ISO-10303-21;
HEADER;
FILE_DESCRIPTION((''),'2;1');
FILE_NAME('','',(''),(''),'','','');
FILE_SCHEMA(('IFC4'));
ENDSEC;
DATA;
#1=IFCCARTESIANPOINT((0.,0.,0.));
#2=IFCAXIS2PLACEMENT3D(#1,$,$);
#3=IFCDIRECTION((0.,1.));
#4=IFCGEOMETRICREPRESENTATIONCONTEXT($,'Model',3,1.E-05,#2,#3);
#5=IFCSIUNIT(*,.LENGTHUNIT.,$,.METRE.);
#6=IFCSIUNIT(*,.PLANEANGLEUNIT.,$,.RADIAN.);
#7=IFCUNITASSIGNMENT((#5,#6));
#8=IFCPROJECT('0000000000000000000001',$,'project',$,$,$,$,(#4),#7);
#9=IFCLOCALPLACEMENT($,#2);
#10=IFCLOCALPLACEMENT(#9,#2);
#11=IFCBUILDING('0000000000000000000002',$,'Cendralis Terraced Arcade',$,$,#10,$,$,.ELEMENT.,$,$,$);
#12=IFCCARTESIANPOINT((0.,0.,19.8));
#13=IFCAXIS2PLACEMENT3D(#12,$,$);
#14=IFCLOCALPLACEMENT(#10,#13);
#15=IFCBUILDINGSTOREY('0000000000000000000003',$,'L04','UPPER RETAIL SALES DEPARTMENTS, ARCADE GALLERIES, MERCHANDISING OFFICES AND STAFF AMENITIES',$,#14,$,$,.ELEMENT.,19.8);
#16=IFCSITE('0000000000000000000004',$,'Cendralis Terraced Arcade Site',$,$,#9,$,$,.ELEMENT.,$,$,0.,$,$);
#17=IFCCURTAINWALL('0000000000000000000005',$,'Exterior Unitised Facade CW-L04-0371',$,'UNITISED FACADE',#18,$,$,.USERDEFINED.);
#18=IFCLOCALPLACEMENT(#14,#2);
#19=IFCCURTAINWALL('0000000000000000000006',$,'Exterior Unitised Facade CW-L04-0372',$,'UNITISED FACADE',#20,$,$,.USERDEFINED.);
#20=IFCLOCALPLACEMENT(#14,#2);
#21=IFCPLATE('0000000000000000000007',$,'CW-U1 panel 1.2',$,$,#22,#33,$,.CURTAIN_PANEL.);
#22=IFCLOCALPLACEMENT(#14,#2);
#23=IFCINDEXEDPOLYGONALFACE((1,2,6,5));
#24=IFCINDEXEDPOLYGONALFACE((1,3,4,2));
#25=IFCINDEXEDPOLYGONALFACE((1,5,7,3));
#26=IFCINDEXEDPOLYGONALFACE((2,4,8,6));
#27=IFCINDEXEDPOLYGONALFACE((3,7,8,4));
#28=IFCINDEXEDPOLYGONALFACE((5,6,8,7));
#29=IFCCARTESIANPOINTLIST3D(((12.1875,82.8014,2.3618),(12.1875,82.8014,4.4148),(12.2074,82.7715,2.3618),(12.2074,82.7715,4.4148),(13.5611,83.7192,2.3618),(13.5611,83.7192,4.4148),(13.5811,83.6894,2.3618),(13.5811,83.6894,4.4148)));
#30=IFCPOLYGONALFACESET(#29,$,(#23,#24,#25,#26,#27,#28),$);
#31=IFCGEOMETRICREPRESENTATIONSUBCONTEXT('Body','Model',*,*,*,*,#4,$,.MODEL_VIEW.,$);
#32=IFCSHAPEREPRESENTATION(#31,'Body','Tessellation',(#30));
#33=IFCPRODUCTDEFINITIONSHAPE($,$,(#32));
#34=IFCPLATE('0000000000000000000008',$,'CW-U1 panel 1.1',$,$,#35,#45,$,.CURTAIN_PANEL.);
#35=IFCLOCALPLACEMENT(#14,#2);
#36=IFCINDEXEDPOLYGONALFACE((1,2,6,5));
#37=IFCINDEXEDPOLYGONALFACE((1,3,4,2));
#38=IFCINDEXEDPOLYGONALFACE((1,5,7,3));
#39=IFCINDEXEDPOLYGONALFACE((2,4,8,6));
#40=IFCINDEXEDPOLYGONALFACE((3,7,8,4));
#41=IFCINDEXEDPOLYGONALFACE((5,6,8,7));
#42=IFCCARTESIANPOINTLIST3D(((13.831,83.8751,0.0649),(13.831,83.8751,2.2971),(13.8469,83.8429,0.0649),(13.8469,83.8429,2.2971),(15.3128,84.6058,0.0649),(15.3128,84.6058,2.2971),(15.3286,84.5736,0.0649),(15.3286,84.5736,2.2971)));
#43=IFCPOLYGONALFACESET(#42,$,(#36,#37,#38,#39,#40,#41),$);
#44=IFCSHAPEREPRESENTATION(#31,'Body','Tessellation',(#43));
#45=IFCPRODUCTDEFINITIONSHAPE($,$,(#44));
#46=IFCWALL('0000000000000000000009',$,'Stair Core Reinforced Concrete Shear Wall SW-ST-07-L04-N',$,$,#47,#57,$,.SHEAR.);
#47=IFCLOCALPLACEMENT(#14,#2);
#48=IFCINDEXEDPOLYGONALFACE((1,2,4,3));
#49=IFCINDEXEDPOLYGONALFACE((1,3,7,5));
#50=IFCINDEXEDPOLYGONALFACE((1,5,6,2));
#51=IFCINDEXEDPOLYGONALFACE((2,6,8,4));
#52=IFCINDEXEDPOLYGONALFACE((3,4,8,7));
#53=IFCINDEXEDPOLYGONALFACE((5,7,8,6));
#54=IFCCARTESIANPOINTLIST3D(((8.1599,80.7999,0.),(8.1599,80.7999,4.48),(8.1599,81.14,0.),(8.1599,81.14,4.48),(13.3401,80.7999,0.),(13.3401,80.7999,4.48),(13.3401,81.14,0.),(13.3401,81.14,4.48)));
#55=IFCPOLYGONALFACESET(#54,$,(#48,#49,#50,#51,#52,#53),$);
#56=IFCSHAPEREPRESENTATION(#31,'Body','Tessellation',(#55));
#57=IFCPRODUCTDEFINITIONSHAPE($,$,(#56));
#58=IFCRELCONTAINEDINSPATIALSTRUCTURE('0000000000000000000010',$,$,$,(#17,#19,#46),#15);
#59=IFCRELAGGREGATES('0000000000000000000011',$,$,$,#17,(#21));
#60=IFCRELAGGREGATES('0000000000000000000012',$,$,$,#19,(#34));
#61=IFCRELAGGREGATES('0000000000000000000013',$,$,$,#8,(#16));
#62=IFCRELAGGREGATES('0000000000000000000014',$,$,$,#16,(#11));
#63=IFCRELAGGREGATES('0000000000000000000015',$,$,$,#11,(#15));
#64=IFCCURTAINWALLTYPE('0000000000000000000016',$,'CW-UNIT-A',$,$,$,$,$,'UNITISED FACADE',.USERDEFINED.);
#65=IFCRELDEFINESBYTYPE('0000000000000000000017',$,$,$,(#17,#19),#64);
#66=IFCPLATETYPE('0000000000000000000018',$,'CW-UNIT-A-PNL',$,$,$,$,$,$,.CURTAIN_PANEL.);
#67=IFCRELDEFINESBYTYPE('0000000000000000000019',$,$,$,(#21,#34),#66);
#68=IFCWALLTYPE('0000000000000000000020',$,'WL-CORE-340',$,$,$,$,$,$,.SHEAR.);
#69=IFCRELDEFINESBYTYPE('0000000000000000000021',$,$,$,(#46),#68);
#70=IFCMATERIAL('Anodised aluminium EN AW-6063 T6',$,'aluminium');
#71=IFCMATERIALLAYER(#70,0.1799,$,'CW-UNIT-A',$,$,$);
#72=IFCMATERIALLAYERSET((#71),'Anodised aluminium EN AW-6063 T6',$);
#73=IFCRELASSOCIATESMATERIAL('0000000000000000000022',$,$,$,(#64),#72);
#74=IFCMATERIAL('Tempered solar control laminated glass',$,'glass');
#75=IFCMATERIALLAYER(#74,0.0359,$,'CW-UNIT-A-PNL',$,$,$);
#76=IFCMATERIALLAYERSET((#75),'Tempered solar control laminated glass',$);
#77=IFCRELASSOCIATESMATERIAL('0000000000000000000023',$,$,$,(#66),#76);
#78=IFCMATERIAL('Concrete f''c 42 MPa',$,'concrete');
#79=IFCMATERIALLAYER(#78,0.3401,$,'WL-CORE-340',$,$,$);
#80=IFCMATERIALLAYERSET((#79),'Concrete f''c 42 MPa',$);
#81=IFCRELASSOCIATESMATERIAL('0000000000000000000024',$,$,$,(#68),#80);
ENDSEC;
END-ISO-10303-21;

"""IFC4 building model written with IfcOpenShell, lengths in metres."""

from ifc_helpers import new_model, si_unit, direction, frame, frame_2d, origin, origin_2d, place, context, subcontext, project, spatial, rectangle, extrude, material, layer, layer_set, type_object, element, aggregate, save


model = new_model("IFC4")

# Units and contexts
model_context = context("Model", 3, precision=1e-05, world=origin(), true_north=direction((0.0, 1.0)))
body_context = subcontext(model_context, "Body", "Model", "MODEL_VIEW")
ifc_project = project(units=[si_unit("LENGTHUNIT", "METRE"), si_unit("PLANEANGLEUNIT", "RADIAN")], contexts=[model_context])

# Site, building, storey
site_placement = place(None, origin())
site = spatial("IfcSite", under=ifc_project, at=site_placement, Name="Cendralis Terraced Arcade Site", CompositionType="ELEMENT", RefElevation=0.0)
building_placement = place(site_placement, origin())
building = spatial("IfcBuilding", under=site, at=building_placement, Name="Cendralis Terraced Arcade", CompositionType="ELEMENT")
storey_placement = place(building_placement, frame((0.0, 0.0, 19.8)))
storey = spatial("IfcBuildingStorey", under=building, at=storey_placement, Name="L04", Description="UPPER RETAIL SALES DEPARTMENTS, ARCADE GALLERIES, MERCHANDISING OFFICES AND STAFF AMENITIES", CompositionType="ELEMENT", Elevation=19.8)

# Shared definitions
ifc_material_1 = material(Name="Anodised aluminium EN AW-6063 T6", Category="aluminium")
ifc_layer_1 = layer(ifc_material_1, 0.1799, Name="CW-UNIT-A")
ifc_layer_set_1 = layer_set([ifc_layer_1], Name="Anodised aluminium EN AW-6063 T6")
curtain_wall_type = type_object("IfcCurtainWallType", Name="CW-UNIT-A", ElementType="UNITISED FACADE", PredefinedType="USERDEFINED", material=ifc_layer_set_1)

# Curtain wall
curtain_wall_1_placement = place(storey_placement, origin())
curtain_wall_1 = element("IfcCurtainWall", 1, at=curtain_wall_1_placement, inside=storey, type_object=curtain_wall_type, Name="Exterior Unitised Facade CW-L04-0371", ObjectType="UNITISED FACADE", PredefinedType="USERDEFINED")

# Curtain wall
curtain_wall_2_placement = place(storey_placement, origin())
curtain_wall_2 = element("IfcCurtainWall", 2, at=curtain_wall_2_placement, inside=storey, type_object=curtain_wall_type, Name="Exterior Unitised Facade CW-L04-0372", ObjectType="UNITISED FACADE", PredefinedType="USERDEFINED")

# Plates
ifc_material_2 = material(Name="Tempered solar control laminated glass", Category="glass")
ifc_layer_2 = layer(ifc_material_2, 0.0359, Name="CW-UNIT-A-PNL")
ifc_layer_set_2 = layer_set([ifc_layer_2], Name="Tempered solar control laminated glass")
plate_type = type_object("IfcPlateType", Name="CW-UNIT-A-PNL", PredefinedType="CURTAIN_PANEL", material=ifc_layer_set_2)
plate_1_placement = place(storey_placement, frame((12.8843, 83.2454, 2.3618), z_axis=(0.0, 0.0, 1.0), x_axis=(0.831471, 0.555567, 0.0)))
plate_1 = element("IfcPlate", 3, at=plate_1_placement, type_object=plate_type, Name="CW-U1 panel 1.2", PredefinedType="CURTAIN_PANEL", context=body_context, shape_type="SweptSolid", body=[
    extrude(rectangle(XDim=1.6521, YDim=0.0359, at=origin_2d()), origin(), (0.0, 0.0, 1.0), 2.053),
])
aggregate(curtain_wall_1, [plate_1])
plate_2_placement = place(storey_placement, frame((14.5798, 84.2244, 0.0649), z_axis=(0.0, 0.0, 1.0), x_axis=(0.896871, 0.442291, 0.0)))
plate_2 = element("IfcPlate", 4, at=plate_2_placement, type_object=plate_type, Name="CW-U1 panel 1.1", PredefinedType="CURTAIN_PANEL", context=body_context, shape_type="SweptSolid", body=[
    extrude(rectangle(XDim=1.6521, YDim=0.0359, at=origin_2d()), origin(), (0.0, 0.0, 1.0), 2.2322),
])
aggregate(curtain_wall_2, [plate_2])

# Wall
ifc_material_3 = material(Name="Concrete f'c 42 MPa", Category="concrete")
ifc_layer_3 = layer(ifc_material_3, 0.3401, Name="WL-CORE-340")
ifc_layer_set_3 = layer_set([ifc_layer_3], Name="Concrete f'c 42 MPa")
wall_type = type_object("IfcWallType", Name="WL-CORE-340", PredefinedType="SHEAR", material=ifc_layer_set_3)
wall_placement = place(storey_placement, frame((8.1599, 80.97, 0.0), z_axis=(0.0, 0.0, 1.0), x_axis=(1.0, 0.0, 0.0)))
element("IfcWall", 5, at=wall_placement, inside=storey, type_object=wall_type, Name="Stair Core Reinforced Concrete Shear Wall SW-ST-07-L04-N", PredefinedType="SHEAR", context=body_context, shape_type="SweptSolid", body=[
    extrude(rectangle(XDim=5.1802, YDim=0.3401, at=frame_2d((2.5901, 0.0))), origin(), (0.0, 0.0, 1.0), 4.48),
])

save(model, "model.ifc")
